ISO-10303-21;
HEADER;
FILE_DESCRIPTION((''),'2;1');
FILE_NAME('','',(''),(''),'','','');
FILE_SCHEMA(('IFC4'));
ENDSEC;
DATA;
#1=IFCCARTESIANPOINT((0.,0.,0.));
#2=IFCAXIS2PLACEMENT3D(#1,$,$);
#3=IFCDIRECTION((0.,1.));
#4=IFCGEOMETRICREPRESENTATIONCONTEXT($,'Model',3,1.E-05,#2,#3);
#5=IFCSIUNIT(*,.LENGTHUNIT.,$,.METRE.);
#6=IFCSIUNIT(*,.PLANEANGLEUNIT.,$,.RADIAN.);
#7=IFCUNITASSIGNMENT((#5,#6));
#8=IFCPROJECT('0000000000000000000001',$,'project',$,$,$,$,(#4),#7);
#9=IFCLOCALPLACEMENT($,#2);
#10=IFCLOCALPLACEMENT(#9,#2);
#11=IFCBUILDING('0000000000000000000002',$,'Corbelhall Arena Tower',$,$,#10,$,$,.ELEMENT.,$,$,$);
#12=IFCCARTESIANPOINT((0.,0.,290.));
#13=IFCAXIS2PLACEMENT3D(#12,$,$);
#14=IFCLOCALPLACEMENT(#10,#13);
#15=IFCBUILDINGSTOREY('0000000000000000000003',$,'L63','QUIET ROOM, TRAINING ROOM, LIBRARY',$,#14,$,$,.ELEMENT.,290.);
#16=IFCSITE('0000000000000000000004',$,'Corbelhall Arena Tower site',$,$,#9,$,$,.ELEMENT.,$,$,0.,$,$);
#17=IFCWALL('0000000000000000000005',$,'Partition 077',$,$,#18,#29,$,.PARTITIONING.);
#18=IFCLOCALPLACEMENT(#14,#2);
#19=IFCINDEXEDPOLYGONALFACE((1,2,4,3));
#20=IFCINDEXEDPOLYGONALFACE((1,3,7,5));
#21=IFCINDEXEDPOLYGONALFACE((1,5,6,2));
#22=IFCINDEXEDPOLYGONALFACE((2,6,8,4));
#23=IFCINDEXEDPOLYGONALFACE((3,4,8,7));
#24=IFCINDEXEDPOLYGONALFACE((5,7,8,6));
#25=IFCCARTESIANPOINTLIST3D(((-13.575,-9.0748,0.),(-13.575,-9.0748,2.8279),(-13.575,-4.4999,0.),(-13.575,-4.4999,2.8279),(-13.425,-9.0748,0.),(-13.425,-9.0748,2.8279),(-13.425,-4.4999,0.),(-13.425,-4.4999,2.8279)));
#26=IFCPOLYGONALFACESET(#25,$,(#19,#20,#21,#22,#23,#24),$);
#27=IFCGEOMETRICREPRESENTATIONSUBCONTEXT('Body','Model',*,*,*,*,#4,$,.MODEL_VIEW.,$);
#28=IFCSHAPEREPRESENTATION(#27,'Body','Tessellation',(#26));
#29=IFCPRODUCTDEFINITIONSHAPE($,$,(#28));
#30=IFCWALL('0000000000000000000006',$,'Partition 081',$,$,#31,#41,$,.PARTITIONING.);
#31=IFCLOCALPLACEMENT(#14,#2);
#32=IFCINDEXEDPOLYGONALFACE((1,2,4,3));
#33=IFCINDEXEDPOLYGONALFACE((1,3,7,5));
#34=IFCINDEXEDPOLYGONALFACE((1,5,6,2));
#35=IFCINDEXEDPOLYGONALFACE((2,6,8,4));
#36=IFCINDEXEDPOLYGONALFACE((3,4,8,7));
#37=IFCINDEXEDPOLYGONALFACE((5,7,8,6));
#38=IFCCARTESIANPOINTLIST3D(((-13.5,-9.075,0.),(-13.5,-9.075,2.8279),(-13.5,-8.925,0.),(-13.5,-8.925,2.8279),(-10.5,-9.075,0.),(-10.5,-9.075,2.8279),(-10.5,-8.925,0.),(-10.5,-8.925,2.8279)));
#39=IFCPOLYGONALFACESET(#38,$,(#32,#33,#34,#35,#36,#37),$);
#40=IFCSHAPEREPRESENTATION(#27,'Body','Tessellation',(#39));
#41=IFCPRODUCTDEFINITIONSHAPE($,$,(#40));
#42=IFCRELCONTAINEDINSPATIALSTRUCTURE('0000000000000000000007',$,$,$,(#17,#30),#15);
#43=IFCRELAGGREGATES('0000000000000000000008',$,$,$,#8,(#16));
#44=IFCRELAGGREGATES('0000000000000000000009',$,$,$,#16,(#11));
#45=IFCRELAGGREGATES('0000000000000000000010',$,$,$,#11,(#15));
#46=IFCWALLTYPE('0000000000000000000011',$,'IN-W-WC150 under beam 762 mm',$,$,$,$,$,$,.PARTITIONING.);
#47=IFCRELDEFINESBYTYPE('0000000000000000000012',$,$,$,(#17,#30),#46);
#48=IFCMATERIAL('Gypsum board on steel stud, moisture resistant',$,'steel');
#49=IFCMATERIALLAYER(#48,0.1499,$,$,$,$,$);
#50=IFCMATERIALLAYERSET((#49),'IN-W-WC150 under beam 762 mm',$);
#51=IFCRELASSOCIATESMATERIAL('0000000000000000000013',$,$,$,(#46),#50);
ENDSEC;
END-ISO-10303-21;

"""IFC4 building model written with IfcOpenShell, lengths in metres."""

from ifc_helpers import new_model, si_unit, direction, frame, frame_2d, origin, place, context, subcontext, project, spatial, rectangle, extrude, material, layer, layer_set, type_object, element, save


model = new_model("IFC4")

# Units and contexts
model_context = context("Model", 3, precision=1e-05, world=origin(), true_north=direction((0.0, 1.0)))
body_context = subcontext(model_context, "Body", "Model", "MODEL_VIEW")
ifc_project = project(units=[si_unit("LENGTHUNIT", "METRE"), si_unit("PLANEANGLEUNIT", "RADIAN")], contexts=[model_context])

# Site, building, storey
site_placement = place(None, origin())
site = spatial("IfcSite", under=ifc_project, at=site_placement, Name="Corbelhall Arena Tower site", CompositionType="ELEMENT", RefElevation=0.0)
building_placement = place(site_placement, origin())
building = spatial("IfcBuilding", under=site, at=building_placement, Name="Corbelhall Arena Tower", CompositionType="ELEMENT")
storey_placement = place(building_placement, frame((0.0, 0.0, 290.0)))
storey = spatial("IfcBuildingStorey", under=building, at=storey_placement, Name="L63", Description="QUIET ROOM, TRAINING ROOM, LIBRARY", CompositionType="ELEMENT", Elevation=290.0)

# Shared definitions
ifc_material_1 = material(Name="Gypsum board on steel stud, moisture resistant", Category="steel")

# Walls
ifc_layer_1 = layer(ifc_material_1, 0.1499)
ifc_layer_set_1 = layer_set([ifc_layer_1], Name="IN-W-WC150 under beam 762 mm")
wall_type_1 = type_object("IfcWallType", Name="IN-W-WC150 under beam 762 mm", PredefinedType="PARTITIONING", material=ifc_layer_set_1)
wall_1_placement = place(storey_placement, frame((-13.5, -9.075, 0.0), z_axis=(0.0, 0.0, 1.0), x_axis=(0.0, 1.0, 0.0)))
element("IfcWall", 1, at=wall_1_placement, inside=storey, type_object=wall_type_1, Name="Partition 077", PredefinedType="PARTITIONING", context=body_context, shape_type="SweptSolid", body=[
    extrude(rectangle(XDim=4.575, YDim=0.1499, at=frame_2d((2.2876, 0.0))), origin(), (0.0, 0.0, 1.0), 2.8279),
])
wall_2_placement = place(storey_placement, frame((-10.5, -9.0, 0.0), z_axis=(0.0, 0.0, 1.0), x_axis=(-1.0, 0.0, 0.0)))
element("IfcWall", 2, at=wall_2_placement, inside=storey, type_object=wall_type_1, Name="Partition 081", PredefinedType="PARTITIONING", context=body_context, shape_type="SweptSolid", body=[
    extrude(rectangle(XDim=3.0, YDim=0.1499, at=frame_2d((1.5, 0.0))), origin(), (0.0, 0.0, 1.0), 2.8279),
])

save(model, "model.ifc")
